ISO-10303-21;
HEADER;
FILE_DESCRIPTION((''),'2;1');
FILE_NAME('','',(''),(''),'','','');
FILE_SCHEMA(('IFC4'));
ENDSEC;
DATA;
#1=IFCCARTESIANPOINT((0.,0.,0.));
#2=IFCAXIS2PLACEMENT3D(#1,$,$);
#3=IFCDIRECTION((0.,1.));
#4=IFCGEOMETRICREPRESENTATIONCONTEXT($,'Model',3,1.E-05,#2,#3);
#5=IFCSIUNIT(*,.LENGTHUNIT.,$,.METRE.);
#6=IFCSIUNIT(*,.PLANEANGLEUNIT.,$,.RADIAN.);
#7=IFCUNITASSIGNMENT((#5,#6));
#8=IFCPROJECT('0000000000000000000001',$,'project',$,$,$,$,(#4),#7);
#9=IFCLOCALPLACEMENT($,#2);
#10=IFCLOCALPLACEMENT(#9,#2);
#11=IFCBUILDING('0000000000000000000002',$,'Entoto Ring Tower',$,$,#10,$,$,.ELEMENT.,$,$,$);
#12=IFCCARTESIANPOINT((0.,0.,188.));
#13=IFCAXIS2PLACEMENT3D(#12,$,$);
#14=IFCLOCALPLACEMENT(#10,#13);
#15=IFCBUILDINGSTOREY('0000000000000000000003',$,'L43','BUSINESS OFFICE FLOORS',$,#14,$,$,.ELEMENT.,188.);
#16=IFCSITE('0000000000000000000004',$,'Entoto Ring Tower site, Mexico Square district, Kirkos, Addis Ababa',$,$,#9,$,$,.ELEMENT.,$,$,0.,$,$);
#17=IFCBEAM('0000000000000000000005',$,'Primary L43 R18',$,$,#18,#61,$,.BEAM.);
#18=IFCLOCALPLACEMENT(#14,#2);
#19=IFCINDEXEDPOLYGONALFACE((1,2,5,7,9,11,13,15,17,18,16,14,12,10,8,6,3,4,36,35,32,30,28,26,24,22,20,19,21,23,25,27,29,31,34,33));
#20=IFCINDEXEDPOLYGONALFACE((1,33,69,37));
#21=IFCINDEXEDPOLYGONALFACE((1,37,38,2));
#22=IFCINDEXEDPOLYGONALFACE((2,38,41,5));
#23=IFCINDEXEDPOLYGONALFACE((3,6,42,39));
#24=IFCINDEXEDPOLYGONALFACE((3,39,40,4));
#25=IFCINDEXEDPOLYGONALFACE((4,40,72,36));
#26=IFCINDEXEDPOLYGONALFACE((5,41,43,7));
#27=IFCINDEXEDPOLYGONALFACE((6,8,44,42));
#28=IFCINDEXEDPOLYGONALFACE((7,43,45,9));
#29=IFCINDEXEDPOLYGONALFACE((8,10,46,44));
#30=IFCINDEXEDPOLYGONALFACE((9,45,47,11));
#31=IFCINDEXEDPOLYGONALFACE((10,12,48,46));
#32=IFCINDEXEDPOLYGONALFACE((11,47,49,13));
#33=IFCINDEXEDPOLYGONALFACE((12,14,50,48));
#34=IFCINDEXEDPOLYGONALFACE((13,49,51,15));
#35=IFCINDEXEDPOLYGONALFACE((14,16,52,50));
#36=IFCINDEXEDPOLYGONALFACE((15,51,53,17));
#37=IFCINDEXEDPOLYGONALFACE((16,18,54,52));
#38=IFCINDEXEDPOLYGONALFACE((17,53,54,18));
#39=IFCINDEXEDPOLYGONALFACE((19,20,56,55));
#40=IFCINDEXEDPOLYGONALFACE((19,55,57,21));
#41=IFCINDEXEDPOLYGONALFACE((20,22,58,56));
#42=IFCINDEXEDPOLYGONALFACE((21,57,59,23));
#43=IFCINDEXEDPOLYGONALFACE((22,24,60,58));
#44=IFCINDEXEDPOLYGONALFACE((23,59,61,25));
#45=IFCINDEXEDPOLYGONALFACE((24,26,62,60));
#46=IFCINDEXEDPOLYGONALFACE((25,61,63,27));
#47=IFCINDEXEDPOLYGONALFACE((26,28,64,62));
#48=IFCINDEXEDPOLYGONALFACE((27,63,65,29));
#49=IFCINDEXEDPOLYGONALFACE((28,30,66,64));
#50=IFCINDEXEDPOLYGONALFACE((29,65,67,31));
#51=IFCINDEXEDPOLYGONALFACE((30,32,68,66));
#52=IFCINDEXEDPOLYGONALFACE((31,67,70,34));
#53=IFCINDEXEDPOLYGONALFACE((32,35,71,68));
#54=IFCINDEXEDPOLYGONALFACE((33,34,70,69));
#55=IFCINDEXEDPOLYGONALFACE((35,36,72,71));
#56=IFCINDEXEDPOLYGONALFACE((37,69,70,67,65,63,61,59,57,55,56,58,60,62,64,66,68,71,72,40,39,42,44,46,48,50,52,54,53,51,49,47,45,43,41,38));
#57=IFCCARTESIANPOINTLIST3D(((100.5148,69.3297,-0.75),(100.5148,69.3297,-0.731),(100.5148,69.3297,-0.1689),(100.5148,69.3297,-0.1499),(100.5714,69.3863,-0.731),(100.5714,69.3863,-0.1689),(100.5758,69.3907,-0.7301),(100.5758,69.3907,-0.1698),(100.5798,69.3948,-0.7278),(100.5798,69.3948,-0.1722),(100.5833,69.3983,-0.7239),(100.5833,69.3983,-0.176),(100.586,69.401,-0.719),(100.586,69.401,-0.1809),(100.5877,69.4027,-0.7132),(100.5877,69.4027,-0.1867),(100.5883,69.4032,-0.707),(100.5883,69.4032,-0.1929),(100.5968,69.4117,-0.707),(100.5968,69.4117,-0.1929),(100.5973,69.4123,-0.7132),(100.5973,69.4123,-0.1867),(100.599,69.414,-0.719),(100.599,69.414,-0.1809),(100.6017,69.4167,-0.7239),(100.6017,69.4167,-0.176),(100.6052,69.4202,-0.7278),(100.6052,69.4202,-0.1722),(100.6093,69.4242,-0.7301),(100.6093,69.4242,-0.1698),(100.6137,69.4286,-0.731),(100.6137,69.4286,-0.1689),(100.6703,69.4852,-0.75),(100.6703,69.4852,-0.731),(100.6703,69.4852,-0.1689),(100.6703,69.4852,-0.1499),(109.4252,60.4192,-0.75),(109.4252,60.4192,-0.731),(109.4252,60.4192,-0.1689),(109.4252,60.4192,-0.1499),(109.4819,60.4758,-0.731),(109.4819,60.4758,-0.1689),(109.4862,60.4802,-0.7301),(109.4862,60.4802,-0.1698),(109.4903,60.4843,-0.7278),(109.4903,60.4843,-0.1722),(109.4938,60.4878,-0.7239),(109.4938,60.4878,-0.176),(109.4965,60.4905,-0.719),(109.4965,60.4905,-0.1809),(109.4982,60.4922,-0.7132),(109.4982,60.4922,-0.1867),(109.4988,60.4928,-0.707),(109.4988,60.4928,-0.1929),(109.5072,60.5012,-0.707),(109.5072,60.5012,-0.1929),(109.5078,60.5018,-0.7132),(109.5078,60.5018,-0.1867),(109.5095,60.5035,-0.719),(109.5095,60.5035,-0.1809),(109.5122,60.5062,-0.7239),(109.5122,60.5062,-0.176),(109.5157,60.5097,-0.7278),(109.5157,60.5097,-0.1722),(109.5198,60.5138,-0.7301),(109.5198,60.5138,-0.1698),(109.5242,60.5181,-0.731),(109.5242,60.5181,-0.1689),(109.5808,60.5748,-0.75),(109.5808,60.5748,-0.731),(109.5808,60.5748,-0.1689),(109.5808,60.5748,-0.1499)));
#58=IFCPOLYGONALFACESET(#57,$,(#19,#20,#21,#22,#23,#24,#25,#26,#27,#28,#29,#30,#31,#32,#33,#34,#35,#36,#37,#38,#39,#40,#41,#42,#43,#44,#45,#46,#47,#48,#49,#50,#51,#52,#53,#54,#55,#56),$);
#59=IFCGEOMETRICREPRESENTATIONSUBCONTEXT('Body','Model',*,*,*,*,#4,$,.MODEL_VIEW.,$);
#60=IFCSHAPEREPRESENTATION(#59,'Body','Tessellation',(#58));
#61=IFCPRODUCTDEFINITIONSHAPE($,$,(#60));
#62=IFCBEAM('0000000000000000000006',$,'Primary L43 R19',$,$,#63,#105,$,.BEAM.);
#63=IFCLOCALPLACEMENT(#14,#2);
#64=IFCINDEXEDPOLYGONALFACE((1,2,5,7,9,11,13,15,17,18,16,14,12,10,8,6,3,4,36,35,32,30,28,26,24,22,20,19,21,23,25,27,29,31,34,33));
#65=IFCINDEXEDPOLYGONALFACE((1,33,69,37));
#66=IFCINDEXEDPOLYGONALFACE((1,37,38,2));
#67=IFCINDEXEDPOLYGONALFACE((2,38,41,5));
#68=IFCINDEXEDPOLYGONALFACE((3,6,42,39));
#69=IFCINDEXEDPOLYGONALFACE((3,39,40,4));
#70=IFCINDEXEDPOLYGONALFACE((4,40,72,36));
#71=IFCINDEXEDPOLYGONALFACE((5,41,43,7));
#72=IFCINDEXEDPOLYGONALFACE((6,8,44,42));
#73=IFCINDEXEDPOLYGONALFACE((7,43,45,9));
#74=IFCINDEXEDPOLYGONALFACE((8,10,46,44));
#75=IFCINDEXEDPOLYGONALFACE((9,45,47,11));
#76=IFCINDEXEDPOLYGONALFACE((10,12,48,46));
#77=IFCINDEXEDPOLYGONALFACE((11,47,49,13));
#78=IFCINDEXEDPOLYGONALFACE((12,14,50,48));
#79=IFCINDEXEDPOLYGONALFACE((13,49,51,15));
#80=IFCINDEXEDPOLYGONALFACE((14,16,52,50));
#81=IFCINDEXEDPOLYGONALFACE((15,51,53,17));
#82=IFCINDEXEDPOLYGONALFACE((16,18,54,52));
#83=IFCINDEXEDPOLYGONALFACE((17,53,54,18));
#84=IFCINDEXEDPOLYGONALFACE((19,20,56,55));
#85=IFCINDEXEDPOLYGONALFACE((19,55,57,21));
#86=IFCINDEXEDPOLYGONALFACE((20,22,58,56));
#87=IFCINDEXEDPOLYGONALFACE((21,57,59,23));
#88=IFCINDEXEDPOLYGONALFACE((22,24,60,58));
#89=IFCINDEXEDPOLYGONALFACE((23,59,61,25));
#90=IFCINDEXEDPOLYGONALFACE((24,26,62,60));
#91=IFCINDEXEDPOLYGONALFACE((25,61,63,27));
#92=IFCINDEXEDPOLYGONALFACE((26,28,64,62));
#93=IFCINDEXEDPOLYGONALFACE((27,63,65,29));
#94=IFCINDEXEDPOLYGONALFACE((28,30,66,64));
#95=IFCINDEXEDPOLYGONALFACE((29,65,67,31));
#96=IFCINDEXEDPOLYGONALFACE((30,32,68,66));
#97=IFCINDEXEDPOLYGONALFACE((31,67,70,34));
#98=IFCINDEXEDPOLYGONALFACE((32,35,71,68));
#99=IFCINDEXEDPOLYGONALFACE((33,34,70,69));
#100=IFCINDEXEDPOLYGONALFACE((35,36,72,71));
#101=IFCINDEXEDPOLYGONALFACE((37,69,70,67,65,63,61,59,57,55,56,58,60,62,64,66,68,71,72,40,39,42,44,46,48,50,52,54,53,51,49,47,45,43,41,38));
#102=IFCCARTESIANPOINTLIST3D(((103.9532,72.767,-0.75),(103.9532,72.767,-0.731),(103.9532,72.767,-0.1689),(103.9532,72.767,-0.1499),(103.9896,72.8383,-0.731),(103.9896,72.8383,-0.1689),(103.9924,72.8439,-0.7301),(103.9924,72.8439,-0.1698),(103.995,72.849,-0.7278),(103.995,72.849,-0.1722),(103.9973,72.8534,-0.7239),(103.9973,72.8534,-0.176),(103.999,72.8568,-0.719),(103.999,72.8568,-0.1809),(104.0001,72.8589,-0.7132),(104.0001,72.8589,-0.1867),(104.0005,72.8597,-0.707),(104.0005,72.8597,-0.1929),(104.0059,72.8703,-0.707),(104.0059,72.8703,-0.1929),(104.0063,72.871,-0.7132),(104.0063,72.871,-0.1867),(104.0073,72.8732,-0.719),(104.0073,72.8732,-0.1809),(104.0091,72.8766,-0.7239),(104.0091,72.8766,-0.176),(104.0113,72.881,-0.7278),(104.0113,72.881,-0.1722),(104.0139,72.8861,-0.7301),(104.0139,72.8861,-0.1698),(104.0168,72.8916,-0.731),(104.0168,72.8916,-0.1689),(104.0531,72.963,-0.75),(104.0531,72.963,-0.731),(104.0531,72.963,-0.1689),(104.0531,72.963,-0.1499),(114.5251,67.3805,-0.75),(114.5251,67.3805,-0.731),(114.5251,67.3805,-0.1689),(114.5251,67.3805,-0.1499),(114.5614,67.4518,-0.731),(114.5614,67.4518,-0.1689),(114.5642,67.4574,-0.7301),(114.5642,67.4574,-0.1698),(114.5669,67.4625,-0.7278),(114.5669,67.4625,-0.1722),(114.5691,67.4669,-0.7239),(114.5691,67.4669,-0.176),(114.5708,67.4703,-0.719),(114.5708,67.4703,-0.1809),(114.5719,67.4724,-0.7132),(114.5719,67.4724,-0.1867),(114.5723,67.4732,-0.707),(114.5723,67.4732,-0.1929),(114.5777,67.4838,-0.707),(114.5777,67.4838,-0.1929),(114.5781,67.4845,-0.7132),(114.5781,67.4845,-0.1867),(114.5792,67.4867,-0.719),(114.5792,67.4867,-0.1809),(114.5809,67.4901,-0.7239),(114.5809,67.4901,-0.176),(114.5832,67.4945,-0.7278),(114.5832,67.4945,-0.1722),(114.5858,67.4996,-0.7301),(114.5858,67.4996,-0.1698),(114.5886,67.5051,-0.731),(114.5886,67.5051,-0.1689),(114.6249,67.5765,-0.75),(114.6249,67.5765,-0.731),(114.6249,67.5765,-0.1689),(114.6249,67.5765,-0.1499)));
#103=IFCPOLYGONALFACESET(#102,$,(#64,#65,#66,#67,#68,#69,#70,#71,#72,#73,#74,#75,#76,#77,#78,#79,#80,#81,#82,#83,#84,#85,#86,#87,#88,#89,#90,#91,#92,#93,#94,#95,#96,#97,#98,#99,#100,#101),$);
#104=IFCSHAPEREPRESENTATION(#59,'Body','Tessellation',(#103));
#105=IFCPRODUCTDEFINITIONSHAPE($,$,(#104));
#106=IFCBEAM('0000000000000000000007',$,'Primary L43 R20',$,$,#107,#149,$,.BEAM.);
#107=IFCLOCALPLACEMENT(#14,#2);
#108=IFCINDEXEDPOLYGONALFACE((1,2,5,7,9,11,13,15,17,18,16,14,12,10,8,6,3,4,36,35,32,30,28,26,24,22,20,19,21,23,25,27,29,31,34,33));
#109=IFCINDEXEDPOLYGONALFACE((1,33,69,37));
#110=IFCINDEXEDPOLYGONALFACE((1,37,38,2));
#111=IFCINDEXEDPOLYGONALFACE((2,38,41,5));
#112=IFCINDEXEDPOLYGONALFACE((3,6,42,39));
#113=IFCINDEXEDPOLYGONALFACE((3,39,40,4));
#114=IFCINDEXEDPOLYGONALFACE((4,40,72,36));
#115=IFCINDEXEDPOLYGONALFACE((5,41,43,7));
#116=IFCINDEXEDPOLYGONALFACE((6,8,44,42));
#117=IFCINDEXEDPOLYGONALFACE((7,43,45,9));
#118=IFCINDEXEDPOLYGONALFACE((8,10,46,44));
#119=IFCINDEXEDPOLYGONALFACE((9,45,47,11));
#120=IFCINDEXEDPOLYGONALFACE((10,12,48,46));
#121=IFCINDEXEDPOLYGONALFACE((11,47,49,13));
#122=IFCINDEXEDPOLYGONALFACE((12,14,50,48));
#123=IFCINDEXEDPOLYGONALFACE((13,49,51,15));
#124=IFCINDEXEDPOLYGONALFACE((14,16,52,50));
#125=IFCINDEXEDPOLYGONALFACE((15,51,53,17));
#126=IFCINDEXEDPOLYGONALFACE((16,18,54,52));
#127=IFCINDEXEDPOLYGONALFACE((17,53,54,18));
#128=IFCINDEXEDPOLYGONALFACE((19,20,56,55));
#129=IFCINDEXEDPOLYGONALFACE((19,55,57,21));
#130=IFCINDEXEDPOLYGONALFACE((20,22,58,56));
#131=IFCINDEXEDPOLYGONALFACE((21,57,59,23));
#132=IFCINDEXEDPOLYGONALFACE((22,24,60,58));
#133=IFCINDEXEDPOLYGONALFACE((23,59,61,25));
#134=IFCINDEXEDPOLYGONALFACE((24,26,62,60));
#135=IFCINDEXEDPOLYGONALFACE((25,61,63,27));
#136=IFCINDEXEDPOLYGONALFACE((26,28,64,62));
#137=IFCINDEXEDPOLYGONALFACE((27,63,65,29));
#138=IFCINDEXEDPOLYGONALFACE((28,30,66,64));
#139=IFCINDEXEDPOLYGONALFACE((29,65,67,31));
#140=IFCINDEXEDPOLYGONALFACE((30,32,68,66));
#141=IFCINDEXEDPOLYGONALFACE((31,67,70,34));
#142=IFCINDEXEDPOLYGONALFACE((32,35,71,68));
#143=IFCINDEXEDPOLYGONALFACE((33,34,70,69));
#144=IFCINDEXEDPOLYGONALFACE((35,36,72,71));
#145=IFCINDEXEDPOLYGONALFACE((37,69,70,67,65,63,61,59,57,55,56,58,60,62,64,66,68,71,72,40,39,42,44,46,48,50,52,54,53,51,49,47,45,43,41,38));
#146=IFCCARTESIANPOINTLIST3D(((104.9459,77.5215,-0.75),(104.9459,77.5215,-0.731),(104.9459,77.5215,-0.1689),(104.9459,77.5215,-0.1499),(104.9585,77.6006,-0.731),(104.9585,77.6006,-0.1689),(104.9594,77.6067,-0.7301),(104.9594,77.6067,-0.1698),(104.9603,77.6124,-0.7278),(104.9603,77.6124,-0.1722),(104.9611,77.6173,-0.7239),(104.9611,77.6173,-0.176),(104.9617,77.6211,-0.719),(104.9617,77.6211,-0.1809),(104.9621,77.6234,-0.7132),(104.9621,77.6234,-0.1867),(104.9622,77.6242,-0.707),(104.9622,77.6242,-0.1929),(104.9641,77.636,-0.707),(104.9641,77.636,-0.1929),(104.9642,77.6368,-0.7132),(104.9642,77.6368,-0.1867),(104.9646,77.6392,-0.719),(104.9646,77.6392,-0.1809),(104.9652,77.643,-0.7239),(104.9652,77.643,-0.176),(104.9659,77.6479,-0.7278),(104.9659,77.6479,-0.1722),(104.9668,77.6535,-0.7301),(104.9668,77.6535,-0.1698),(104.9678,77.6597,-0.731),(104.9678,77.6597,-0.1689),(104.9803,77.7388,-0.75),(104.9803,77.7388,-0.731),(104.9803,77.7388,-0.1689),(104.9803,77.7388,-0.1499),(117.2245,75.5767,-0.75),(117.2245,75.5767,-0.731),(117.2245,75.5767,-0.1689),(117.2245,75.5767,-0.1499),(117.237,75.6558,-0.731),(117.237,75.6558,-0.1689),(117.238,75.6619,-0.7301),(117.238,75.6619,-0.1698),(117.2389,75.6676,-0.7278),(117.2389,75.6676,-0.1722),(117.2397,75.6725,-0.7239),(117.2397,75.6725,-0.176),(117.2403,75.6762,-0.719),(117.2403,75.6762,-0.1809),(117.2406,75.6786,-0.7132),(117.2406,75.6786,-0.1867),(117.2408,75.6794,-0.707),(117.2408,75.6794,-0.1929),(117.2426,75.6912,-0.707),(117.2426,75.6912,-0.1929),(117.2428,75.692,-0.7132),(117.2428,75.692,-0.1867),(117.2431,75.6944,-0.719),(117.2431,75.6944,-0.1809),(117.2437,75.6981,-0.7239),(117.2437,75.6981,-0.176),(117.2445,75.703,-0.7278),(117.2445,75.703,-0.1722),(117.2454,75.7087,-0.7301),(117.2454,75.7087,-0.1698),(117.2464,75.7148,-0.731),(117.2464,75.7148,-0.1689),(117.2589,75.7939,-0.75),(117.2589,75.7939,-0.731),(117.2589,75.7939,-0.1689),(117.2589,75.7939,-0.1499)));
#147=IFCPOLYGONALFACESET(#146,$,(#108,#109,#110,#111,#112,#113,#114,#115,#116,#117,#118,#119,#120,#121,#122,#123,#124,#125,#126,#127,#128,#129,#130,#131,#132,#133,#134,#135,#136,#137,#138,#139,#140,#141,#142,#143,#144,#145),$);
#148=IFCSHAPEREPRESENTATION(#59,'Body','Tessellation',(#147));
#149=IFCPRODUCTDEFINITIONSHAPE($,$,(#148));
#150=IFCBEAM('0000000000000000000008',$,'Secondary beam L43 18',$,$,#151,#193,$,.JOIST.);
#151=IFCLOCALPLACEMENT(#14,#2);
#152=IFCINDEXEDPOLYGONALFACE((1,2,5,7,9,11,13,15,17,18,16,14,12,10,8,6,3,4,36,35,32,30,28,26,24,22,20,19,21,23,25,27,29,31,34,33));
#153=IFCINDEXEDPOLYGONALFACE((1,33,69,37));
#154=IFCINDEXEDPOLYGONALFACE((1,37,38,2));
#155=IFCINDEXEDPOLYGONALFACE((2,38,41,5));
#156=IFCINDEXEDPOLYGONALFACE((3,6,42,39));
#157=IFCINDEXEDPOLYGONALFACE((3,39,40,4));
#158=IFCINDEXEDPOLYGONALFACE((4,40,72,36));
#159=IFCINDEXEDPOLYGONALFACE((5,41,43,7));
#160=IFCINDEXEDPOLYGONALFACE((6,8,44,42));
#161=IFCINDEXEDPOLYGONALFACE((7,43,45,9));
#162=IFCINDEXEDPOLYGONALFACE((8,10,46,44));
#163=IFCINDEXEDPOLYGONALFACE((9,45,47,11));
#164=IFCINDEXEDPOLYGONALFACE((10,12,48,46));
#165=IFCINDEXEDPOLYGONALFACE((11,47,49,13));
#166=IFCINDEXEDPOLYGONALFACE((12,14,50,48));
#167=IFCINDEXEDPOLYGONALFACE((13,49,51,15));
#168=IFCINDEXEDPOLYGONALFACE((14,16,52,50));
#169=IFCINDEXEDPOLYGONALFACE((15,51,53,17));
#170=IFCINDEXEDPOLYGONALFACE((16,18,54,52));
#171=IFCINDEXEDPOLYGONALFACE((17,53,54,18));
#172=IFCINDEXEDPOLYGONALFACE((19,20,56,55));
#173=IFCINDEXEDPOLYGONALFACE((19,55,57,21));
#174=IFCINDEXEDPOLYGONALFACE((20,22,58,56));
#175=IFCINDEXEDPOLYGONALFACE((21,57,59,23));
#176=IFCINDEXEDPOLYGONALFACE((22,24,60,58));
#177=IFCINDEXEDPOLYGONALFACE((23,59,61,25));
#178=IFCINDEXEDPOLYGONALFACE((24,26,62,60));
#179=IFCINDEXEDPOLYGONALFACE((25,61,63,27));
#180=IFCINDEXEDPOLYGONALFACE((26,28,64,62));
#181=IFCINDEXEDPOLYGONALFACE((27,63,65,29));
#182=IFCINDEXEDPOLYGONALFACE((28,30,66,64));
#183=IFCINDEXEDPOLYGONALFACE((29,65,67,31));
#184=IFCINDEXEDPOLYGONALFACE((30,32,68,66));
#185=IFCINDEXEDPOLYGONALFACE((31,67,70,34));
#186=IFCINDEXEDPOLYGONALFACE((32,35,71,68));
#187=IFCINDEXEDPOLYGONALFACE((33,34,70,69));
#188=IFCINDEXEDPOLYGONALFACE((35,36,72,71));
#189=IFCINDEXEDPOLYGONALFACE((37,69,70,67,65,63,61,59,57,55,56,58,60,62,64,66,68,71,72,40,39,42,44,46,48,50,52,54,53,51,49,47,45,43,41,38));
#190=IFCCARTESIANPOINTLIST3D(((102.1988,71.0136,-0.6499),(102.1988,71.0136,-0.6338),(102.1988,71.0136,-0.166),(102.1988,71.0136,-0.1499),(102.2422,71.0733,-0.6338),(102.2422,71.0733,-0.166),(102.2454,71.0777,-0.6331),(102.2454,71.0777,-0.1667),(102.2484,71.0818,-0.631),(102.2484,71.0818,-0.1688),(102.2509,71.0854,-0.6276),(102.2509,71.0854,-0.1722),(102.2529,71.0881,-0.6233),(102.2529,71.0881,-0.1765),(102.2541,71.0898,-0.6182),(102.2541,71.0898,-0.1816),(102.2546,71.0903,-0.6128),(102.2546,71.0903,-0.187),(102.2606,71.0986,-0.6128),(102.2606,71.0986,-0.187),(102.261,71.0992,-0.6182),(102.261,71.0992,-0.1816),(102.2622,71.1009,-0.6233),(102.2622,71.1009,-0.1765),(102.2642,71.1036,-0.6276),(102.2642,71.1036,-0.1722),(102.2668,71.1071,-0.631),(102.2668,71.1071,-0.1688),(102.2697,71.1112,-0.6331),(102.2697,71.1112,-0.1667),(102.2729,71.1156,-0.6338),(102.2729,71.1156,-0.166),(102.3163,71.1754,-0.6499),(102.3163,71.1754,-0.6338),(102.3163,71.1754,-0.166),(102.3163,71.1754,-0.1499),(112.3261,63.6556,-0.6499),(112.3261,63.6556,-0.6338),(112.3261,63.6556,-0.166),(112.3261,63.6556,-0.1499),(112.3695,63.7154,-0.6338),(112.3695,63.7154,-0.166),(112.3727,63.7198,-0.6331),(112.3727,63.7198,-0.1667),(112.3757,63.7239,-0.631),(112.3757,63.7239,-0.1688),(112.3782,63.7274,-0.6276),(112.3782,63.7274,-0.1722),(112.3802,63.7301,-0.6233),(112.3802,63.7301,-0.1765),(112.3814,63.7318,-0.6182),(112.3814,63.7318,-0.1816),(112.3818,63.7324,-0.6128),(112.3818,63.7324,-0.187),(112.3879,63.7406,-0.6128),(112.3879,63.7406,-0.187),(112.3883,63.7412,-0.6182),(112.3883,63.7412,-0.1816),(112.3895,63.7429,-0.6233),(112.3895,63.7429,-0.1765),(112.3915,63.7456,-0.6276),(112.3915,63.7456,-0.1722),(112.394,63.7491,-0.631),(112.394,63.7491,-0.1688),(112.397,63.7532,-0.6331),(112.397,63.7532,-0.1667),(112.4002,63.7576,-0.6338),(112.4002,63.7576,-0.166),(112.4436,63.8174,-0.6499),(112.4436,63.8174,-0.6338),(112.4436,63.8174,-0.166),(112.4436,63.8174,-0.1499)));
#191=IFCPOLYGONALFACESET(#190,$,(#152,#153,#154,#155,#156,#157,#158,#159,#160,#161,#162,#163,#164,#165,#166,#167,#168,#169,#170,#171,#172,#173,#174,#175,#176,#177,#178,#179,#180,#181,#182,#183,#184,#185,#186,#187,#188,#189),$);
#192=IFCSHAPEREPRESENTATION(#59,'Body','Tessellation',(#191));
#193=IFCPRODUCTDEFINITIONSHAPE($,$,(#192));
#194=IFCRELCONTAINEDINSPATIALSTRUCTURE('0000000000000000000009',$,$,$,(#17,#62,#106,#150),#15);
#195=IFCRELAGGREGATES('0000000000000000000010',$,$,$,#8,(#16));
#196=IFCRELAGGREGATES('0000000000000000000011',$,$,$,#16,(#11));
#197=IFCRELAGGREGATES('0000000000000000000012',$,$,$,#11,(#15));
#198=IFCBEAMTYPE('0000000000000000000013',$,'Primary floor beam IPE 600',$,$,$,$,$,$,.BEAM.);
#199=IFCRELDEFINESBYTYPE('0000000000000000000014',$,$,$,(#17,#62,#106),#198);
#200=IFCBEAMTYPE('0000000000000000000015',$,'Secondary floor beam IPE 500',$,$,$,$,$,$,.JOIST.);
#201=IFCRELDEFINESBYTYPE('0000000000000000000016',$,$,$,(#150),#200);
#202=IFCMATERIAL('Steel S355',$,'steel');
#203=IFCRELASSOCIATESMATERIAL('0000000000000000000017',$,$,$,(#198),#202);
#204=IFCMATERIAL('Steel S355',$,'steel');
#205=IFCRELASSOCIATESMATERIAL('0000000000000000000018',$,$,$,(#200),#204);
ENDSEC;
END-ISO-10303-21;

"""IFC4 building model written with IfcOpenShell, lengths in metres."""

from ifc_helpers import new_model, si_unit, direction, frame, origin, origin_2d, place, context, subcontext, project, spatial, i_section, extrude, material, material_profile, profile_set, type_object, element, save


model = new_model("IFC4")

# Units and contexts
model_context = context("Model", 3, precision=1e-05, world=origin(), true_north=direction((0.0, 1.0)))
body_context = subcontext(model_context, "Body", "Model", "MODEL_VIEW")
ifc_project = project(units=[si_unit("LENGTHUNIT", "METRE"), si_unit("PLANEANGLEUNIT", "RADIAN")], contexts=[model_context])

# Site, building, storey
site_placement = place(None, origin())
site = spatial("IfcSite", under=ifc_project, at=site_placement, Name="Entoto Ring Tower site, Mexico Square district, Kirkos, Addis Ababa", CompositionType="ELEMENT", RefElevation=0.0)
building_placement = place(site_placement, origin())
building = spatial("IfcBuilding", under=site, at=building_placement, Name="Entoto Ring Tower", CompositionType="ELEMENT")
storey_placement = place(building_placement, frame((0.0, 0.0, 188.0)))
storey = spatial("IfcBuildingStorey", under=building, at=storey_placement, Name="L43", Description="BUSINESS OFFICE FLOORS", CompositionType="ELEMENT", Elevation=188.0)

# Beams
ifc_material_1 = material(Name="Steel S355", Category="steel")
ifc_material_profile_1 = material_profile(ifc_material_1, i_section(OverallWidth=0.22, OverallDepth=0.6001, WebThickness=0.012, FlangeThickness=0.019, FilletRadius=0.0239, at=origin_2d()), Name="IPE 600")
ifc_profile_set_1 = profile_set([ifc_material_profile_1], Name="Steel S355")
beam_type_1 = type_object("IfcBeamType", Name="Primary floor beam IPE 600", PredefinedType="BEAM", material=ifc_profile_set_1)
beam_1_placement = place(storey_placement, frame((100.5925, 69.4075, -0.45), z_axis=(0.707107, -0.707107, 0.0), x_axis=(0.707107, 0.707107, 0.0)))
element("IfcBeam", 1, at=beam_1_placement, inside=storey, type_object=beam_type_1, Name="Primary L43 R18", PredefinedType="BEAM", context=body_context, shape_type="SweptSolid", body=[
    extrude(i_section(OverallWidth=0.22, OverallDepth=0.6001, WebThickness=0.012, FlangeThickness=0.019, FilletRadius=0.0239, at=origin_2d()), origin(), (0.0, 0.0, 1.0), 12.6013),
])
beam_2_placement = place(storey_placement, frame((104.0032, 72.865, -0.45), z_axis=(0.89101, -0.453983, 0.0), x_axis=(0.453983, 0.89101, 0.0)))
element("IfcBeam", 2, at=beam_2_placement, inside=storey, type_object=beam_type_1, Name="Primary L43 R19", PredefinedType="BEAM", context=body_context, shape_type="SweptSolid", body=[
    extrude(i_section(OverallWidth=0.22, OverallDepth=0.6001, WebThickness=0.012, FlangeThickness=0.019, FilletRadius=0.0239, at=origin_2d()), origin(), (0.0, 0.0, 1.0), 11.865),
])
beam_3_placement = place(storey_placement, frame((104.9631, 77.6301, -0.45), z_axis=(0.987687, -0.156442, 0.0), x_axis=(0.156442, 0.987687, 0.0)))
element("IfcBeam", 3, at=beam_3_placement, inside=storey, type_object=beam_type_1, Name="Primary L43 R20", PredefinedType="BEAM", context=body_context, shape_type="SweptSolid", body=[
    extrude(i_section(OverallWidth=0.22, OverallDepth=0.6001, WebThickness=0.012, FlangeThickness=0.019, FilletRadius=0.0239, at=origin_2d()), origin(), (0.0, 0.0, 1.0), 12.4316),
])
ifc_material_2 = material(Name="Steel S355", Category="steel")
ifc_material_profile_2 = material_profile(ifc_material_2, i_section(OverallWidth=0.2, OverallDepth=0.5, WebThickness=0.0103, FlangeThickness=0.0161, FilletRadius=0.021, at=origin_2d()), Name="IPE 500")
ifc_profile_set_2 = profile_set([ifc_material_profile_2], Name="Steel S355")
beam_type_2 = type_object("IfcBeamType", Name="Secondary floor beam IPE 500", PredefinedType="JOIST", material=ifc_profile_set_2)
beam_4_placement = place(storey_placement, frame((102.2576, 71.0945, -0.3999), z_axis=(0.809014, -0.587789, 0.0), x_axis=(0.587789, 0.809014, 0.0)))
element("IfcBeam", 4, at=beam_4_placement, inside=storey, type_object=beam_type_2, Name="Secondary beam L43 18", PredefinedType="JOIST", context=body_context, shape_type="SweptSolid", body=[
    extrude(i_section(OverallWidth=0.2, OverallDepth=0.5, WebThickness=0.0103, FlangeThickness=0.0161, FilletRadius=0.021, at=origin_2d()), origin(), (0.0, 0.0, 1.0), 12.5181),
])

save(model, "model.ifc")
